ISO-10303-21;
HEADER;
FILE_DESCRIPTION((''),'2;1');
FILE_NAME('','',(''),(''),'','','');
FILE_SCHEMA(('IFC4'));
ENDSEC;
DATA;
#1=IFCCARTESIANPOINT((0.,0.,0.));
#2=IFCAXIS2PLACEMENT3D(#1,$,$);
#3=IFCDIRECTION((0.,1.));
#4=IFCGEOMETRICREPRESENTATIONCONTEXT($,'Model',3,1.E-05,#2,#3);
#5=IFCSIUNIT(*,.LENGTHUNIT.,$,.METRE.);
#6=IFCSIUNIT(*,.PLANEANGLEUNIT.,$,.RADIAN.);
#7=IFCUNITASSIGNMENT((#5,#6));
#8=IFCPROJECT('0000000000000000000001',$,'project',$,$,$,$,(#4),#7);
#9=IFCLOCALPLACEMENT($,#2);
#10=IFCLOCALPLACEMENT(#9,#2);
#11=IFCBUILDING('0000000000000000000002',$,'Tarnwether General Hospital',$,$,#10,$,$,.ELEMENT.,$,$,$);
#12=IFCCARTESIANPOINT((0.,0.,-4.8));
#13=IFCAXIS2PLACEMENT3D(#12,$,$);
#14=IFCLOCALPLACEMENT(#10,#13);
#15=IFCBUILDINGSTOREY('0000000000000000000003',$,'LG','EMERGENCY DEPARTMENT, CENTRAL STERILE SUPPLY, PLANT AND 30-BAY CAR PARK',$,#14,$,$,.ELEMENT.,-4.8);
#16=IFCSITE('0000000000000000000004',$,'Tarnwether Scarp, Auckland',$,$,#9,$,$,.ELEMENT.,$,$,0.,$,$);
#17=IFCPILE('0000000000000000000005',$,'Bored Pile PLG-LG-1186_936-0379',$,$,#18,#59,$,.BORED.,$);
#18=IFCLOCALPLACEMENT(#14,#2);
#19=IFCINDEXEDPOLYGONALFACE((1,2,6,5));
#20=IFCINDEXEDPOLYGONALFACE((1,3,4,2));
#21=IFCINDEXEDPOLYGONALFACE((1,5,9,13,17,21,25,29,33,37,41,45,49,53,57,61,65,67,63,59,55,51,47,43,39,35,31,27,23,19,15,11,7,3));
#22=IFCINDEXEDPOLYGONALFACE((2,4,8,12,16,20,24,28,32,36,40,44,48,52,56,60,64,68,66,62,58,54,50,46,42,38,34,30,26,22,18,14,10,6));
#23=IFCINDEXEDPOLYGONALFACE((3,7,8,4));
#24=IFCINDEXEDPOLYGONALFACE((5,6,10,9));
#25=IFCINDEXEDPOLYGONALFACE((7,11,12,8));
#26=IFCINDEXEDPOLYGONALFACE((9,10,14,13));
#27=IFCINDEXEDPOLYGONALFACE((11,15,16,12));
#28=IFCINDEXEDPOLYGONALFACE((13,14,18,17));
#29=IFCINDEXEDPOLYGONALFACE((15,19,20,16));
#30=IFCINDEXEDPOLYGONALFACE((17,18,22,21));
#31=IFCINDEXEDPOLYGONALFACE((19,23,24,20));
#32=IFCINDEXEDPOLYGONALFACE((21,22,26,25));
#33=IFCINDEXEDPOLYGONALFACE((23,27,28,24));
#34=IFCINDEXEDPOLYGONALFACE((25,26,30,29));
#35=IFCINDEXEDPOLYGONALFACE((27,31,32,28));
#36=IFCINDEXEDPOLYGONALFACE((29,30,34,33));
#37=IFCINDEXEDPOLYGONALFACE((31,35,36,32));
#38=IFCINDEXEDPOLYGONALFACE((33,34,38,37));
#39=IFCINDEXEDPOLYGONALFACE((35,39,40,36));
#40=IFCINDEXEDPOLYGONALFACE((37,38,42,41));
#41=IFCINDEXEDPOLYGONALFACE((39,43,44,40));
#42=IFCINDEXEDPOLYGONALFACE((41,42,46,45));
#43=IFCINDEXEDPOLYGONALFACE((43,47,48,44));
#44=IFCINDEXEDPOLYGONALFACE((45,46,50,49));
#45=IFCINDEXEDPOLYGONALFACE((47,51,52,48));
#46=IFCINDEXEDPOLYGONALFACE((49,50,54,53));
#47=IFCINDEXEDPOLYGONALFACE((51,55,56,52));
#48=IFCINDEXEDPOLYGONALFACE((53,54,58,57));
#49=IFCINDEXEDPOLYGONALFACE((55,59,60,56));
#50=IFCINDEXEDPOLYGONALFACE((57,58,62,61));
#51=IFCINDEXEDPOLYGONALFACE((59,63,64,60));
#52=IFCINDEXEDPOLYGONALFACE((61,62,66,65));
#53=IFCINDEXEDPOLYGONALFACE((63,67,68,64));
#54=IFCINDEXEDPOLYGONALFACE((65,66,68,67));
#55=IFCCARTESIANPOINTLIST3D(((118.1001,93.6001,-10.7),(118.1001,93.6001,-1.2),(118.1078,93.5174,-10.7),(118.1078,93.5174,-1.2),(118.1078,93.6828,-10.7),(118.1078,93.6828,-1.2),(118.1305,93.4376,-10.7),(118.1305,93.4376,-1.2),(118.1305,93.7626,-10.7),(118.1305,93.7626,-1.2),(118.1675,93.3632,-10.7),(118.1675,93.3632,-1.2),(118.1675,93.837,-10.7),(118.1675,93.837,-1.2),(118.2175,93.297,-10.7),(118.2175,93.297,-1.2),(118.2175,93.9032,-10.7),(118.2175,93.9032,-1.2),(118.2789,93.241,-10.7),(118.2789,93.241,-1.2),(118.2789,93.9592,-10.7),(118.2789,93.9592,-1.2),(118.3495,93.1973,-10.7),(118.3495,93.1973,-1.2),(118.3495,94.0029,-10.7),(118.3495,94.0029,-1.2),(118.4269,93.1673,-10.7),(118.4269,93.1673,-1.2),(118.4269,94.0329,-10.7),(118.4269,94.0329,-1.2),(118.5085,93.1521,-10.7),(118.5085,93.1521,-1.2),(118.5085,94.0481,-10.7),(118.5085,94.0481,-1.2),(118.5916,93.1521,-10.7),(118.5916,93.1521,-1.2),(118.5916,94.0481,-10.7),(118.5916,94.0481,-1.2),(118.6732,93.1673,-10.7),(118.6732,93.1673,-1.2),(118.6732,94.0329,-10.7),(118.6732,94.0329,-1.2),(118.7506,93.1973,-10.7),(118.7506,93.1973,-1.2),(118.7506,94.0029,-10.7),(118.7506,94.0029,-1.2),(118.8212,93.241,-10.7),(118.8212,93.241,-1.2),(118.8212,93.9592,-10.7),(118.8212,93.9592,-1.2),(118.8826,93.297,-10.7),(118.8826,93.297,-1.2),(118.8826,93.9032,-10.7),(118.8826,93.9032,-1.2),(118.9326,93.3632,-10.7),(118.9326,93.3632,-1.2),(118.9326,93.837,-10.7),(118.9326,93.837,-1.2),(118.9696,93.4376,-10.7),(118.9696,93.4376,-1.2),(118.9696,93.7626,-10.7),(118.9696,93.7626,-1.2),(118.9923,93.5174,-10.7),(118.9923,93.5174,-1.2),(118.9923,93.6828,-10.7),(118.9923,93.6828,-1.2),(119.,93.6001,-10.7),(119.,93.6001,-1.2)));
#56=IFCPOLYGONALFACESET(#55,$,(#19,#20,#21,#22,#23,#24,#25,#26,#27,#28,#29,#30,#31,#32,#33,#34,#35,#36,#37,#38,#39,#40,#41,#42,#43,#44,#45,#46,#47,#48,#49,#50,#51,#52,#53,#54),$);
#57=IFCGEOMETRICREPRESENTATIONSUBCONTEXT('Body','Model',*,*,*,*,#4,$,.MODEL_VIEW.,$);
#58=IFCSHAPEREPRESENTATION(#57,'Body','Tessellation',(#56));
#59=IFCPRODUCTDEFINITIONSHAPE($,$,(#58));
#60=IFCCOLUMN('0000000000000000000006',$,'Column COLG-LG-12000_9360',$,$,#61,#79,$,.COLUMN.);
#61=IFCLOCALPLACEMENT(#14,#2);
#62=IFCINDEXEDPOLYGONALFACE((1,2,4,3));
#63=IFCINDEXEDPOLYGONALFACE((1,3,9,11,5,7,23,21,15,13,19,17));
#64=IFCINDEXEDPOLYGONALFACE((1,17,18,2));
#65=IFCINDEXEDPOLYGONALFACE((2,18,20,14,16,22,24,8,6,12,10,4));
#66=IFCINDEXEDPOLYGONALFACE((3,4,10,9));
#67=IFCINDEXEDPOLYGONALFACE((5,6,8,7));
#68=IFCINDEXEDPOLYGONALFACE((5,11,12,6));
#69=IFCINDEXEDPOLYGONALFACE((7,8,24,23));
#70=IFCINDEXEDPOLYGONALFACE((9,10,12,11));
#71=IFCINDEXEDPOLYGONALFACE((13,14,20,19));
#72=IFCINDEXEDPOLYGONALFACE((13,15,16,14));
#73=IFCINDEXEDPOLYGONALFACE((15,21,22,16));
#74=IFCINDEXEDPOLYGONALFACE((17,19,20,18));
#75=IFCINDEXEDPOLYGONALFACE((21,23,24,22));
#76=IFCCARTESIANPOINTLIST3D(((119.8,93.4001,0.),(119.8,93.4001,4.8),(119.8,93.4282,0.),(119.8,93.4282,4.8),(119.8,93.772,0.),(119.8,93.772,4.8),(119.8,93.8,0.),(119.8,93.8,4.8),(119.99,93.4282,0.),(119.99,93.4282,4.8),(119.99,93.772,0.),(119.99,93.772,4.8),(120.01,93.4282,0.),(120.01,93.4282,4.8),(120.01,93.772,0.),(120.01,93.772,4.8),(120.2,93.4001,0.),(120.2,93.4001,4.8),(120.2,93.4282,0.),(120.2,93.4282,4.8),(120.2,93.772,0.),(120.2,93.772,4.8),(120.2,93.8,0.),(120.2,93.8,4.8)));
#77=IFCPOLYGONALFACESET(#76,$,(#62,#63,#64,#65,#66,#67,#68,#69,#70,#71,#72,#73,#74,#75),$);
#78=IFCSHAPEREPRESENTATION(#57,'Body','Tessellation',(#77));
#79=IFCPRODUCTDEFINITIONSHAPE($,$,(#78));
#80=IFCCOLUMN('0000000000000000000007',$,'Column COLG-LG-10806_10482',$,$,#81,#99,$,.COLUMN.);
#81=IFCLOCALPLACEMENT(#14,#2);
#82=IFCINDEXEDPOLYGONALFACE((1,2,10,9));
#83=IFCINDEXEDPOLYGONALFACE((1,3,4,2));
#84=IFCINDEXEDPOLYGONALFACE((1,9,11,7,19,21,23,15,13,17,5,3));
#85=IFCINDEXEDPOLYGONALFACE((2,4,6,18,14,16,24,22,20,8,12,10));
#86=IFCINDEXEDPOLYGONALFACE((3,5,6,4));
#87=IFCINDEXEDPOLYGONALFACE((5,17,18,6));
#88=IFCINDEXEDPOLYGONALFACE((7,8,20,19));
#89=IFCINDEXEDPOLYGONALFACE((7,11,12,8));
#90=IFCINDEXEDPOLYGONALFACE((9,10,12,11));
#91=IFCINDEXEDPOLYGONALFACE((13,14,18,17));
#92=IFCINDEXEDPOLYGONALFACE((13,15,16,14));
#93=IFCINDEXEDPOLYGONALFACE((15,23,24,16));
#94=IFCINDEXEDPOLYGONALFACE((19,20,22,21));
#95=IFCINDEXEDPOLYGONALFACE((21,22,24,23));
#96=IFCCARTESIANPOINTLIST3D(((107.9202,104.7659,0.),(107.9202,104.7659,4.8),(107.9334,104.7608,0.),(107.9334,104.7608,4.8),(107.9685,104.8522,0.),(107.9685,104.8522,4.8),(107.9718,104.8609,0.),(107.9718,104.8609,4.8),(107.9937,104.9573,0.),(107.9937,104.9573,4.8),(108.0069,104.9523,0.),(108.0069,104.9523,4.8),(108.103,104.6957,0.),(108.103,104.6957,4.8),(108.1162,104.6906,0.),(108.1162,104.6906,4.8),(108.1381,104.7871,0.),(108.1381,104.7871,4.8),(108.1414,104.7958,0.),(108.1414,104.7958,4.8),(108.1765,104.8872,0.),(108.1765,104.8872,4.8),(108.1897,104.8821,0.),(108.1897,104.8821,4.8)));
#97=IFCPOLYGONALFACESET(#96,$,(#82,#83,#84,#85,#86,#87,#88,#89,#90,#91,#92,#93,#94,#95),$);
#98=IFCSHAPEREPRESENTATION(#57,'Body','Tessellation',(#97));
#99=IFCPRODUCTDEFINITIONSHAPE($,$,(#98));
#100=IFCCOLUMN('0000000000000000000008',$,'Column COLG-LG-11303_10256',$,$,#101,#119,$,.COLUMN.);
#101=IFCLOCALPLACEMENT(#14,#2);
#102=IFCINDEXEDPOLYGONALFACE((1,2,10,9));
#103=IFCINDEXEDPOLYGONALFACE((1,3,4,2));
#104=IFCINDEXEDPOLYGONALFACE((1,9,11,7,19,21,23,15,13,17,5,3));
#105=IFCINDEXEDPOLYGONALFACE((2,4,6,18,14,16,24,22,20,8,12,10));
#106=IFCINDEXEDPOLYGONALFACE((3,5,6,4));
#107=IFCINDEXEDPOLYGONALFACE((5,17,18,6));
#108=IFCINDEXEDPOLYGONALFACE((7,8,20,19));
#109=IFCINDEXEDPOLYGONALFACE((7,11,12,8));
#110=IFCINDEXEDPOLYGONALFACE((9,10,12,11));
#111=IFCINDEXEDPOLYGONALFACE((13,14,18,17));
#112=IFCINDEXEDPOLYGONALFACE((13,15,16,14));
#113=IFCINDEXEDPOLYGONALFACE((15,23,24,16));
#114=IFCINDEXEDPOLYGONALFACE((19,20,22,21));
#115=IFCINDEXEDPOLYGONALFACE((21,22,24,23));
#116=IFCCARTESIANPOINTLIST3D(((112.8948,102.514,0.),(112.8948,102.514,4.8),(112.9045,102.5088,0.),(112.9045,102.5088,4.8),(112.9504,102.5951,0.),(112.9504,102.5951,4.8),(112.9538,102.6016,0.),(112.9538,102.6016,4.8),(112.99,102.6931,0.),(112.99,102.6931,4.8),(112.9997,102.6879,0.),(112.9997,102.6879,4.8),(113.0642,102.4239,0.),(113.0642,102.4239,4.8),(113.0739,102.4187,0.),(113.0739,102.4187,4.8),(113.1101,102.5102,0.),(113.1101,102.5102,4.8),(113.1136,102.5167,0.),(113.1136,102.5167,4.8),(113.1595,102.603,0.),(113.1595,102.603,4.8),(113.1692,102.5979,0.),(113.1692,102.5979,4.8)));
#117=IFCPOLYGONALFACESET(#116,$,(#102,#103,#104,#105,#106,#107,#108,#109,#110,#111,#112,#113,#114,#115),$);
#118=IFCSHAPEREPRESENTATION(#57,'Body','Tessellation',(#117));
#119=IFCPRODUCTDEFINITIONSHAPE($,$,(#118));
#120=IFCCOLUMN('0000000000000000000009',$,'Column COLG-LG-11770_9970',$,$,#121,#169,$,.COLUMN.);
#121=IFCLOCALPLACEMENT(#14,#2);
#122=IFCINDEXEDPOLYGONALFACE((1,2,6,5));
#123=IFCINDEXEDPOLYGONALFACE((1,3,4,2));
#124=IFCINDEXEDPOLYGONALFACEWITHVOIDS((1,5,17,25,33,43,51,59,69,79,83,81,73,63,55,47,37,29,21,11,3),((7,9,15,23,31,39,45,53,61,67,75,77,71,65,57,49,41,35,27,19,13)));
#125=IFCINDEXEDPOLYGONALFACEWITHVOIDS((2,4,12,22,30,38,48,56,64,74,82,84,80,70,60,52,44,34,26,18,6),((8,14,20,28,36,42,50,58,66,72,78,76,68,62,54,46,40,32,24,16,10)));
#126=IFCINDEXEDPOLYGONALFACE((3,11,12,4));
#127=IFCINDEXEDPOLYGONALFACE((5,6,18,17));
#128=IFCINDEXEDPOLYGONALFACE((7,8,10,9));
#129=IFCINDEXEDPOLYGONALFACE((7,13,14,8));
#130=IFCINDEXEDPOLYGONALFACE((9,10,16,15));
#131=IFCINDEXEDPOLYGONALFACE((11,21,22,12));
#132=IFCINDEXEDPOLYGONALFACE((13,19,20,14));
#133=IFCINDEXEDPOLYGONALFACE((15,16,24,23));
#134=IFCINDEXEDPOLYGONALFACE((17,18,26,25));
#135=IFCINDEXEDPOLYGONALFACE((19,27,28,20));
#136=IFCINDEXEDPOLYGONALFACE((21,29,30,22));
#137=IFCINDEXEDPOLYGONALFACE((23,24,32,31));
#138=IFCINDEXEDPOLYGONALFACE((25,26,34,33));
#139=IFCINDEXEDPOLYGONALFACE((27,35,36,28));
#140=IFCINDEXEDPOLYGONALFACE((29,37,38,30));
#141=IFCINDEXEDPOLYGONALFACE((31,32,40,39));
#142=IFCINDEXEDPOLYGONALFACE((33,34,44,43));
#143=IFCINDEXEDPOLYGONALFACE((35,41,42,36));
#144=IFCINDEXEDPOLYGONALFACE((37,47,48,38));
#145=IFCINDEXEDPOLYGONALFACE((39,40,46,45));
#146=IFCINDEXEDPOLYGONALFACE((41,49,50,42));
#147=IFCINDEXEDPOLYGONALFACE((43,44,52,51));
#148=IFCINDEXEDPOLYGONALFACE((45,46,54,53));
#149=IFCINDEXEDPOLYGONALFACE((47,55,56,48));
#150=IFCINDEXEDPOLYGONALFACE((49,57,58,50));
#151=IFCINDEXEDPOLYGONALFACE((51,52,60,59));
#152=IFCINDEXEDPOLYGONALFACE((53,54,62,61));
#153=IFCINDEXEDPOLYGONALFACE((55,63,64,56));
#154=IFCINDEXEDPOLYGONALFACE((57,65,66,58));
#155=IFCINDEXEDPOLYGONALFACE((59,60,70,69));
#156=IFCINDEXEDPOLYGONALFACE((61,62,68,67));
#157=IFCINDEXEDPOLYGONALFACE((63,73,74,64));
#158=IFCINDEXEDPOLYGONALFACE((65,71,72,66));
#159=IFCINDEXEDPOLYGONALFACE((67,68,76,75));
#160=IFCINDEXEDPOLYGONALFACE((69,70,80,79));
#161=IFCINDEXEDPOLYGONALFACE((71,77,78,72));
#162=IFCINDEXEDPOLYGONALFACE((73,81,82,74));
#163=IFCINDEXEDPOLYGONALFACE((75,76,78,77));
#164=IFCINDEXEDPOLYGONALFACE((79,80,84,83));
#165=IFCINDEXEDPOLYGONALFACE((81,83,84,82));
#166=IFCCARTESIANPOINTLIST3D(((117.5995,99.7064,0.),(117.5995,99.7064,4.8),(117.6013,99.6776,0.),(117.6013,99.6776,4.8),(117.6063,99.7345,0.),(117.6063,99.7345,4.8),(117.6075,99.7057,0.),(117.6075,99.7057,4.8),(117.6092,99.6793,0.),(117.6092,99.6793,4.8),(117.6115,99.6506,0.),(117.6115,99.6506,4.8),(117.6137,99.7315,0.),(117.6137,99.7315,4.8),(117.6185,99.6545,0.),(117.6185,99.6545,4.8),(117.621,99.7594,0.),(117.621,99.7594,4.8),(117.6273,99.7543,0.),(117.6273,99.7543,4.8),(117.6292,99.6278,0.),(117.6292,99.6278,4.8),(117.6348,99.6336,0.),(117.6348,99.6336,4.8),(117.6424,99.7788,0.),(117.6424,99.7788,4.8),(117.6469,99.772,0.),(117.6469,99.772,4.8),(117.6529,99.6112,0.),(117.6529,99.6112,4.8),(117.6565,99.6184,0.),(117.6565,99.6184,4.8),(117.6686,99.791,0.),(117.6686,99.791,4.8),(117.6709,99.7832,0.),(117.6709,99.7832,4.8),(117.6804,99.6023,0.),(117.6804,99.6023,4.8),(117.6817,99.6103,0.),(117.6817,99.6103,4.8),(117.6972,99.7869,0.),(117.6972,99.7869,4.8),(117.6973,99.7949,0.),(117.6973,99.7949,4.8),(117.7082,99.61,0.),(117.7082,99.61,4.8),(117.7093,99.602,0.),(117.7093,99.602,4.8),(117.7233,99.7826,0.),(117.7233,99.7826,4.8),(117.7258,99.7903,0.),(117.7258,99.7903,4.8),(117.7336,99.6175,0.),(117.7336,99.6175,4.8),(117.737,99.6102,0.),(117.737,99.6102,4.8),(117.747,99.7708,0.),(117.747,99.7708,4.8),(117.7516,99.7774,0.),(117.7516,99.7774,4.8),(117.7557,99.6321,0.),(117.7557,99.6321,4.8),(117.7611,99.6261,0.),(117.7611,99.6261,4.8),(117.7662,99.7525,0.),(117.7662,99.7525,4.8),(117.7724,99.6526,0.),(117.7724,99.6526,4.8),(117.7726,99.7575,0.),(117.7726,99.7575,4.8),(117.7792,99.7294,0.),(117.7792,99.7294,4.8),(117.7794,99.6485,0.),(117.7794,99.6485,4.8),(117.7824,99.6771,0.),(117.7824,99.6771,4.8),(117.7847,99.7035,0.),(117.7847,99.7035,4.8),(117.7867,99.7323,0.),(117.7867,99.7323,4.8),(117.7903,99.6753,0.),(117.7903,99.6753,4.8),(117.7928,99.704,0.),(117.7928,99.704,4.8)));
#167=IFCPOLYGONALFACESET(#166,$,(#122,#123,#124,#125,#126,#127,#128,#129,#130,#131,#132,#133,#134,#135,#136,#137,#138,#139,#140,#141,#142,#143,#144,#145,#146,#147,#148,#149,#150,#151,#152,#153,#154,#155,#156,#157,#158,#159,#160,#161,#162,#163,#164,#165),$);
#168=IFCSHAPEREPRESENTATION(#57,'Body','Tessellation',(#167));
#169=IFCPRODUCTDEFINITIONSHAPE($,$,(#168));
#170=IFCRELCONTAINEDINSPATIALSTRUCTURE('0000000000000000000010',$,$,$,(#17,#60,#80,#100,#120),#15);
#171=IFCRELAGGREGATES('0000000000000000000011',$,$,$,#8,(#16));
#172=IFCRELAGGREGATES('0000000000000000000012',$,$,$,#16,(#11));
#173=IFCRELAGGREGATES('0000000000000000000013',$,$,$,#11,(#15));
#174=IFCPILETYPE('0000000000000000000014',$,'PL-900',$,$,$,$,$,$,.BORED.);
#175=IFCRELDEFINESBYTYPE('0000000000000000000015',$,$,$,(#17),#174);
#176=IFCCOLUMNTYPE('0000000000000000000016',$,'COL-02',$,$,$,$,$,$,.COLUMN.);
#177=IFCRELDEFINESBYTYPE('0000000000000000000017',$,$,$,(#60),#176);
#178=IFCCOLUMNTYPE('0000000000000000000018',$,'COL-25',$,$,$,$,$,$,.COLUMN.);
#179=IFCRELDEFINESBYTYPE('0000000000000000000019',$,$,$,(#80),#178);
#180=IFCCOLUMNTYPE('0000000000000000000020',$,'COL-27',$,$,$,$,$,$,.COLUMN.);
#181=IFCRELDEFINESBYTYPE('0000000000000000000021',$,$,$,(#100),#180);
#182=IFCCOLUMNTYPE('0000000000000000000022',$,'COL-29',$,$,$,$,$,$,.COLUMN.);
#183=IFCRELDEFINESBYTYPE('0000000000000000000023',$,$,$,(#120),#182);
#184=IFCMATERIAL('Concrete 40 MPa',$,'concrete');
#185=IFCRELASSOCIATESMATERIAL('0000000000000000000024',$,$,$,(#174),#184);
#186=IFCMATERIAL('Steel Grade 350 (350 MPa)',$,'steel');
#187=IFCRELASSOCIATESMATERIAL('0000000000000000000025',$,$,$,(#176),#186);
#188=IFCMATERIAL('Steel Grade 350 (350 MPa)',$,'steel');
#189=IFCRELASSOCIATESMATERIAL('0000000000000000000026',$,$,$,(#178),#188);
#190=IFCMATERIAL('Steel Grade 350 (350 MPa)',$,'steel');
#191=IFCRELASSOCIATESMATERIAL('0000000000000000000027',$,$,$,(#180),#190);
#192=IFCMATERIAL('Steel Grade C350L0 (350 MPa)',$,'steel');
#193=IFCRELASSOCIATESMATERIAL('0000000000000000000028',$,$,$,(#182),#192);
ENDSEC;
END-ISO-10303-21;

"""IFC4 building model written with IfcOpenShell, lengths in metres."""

from ifc_helpers import new_model, si_unit, direction, frame, origin, origin_2d, place, context, subcontext, project, spatial, circle, hollow_circle, i_section, extrude, material, material_profile, profile_set, type_object, element, save


model = new_model("IFC4")

# Units and contexts
model_context = context("Model", 3, precision=1e-05, world=origin(), true_north=direction((0.0, 1.0)))
body_context = subcontext(model_context, "Body", "Model", "MODEL_VIEW")
ifc_project = project(units=[si_unit("LENGTHUNIT", "METRE"), si_unit("PLANEANGLEUNIT", "RADIAN")], contexts=[model_context])

# Site, building, storey
site_placement = place(None, origin())
site = spatial("IfcSite", under=ifc_project, at=site_placement, Name="Tarnwether Scarp, Auckland", CompositionType="ELEMENT", RefElevation=0.0)
building_placement = place(site_placement, origin())
building = spatial("IfcBuilding", under=site, at=building_placement, Name="Tarnwether General Hospital", CompositionType="ELEMENT")
storey_placement = place(building_placement, frame((0.0, 0.0, -4.8)))
storey = spatial("IfcBuildingStorey", under=building, at=storey_placement, Name="LG", Description="EMERGENCY DEPARTMENT, CENTRAL STERILE SUPPLY, PLANT AND 30-BAY CAR PARK", CompositionType="ELEMENT", Elevation=-4.8)

# Pile
ifc_material_1 = material(Name="Concrete 40 MPa", Category="concrete")
ifc_material_profile_1 = material_profile(ifc_material_1, circle(Radius=0.45, at=origin_2d()), Name="PILE-D900")
ifc_profile_set_1 = profile_set([ifc_material_profile_1], Name="Concrete 40 MPa")
pile_type_1 = type_object("IfcPileType", Name="PL-900", PredefinedType="BORED", material=ifc_profile_set_1)
pile_1_placement = place(storey_placement, frame((118.55, 93.6001, -1.2), z_axis=(0.0, 0.0, -1.0), x_axis=(1.0, 0.0, 0.0)))
element("IfcPile", 1, at=pile_1_placement, inside=storey, type_object=pile_type_1, Name="Bored Pile PLG-LG-1186_936-0379", PredefinedType="BORED", context=body_context, shape_type="SweptSolid", body=[
    extrude(circle(Radius=0.45, at=origin_2d()), origin(), (0.0, 0.0, 1.0), 9.5),
])

# Columns
ifc_material_2 = material(Name="Steel Grade 350 (350 MPa)", Category="steel")
ifc_material_profile_2 = material_profile(ifc_material_2, i_section(OverallWidth=0.3999, OverallDepth=0.3999, WebThickness=0.02, FlangeThickness=0.0281, at=origin_2d()), Name="400WC270")
ifc_profile_set_2 = profile_set([ifc_material_profile_2], Name="Steel Grade 350 (350 MPa)")
column_type_1 = type_object("IfcColumnType", Name="COL-02", PredefinedType="COLUMN", material=ifc_profile_set_2)
column_1_placement = place(storey_placement, frame((120.0, 93.6001, 0.0), z_axis=(0.0, 0.0, 1.0), x_axis=(1.0, 0.0, 0.0)))
element("IfcColumn", 2, at=column_1_placement, inside=storey, type_object=column_type_1, Name="Column COLG-LG-12000_9360", PredefinedType="COLUMN", context=body_context, shape_type="SweptSolid", body=[
    extrude(i_section(OverallWidth=0.3999, OverallDepth=0.3999, WebThickness=0.02, FlangeThickness=0.0281, at=origin_2d()), origin(), (0.0, 0.0, 1.0), 4.8),
])
ifc_material_3 = material(Name="Steel Grade 350 (350 MPa)", Category="steel")
ifc_material_profile_3 = material_profile(ifc_material_3, i_section(OverallWidth=0.2051, OverallDepth=0.21, WebThickness=0.0093, FlangeThickness=0.0142, at=origin_2d()), Name="200UC59.5")
ifc_profile_set_3 = profile_set([ifc_material_profile_3], Name="Steel Grade 350 (350 MPa)")
column_type_2 = type_object("IfcColumnType", Name="COL-25", PredefinedType="COLUMN", material=ifc_profile_set_3)
column_2_placement = place(storey_placement, frame((108.0549, 104.824, 0.0), z_axis=(0.0, 0.0, 1.0), x_axis=(0.358368, 0.93358, 0.0)))
element("IfcColumn", 3, at=column_2_placement, inside=storey, type_object=column_type_2, Name="Column COLG-LG-10806_10482", PredefinedType="COLUMN", context=body_context, shape_type="SweptSolid", body=[
    extrude(i_section(OverallWidth=0.2051, OverallDepth=0.21, WebThickness=0.0093, FlangeThickness=0.0142, at=origin_2d()), origin(), (0.0, 0.0, 1.0), 4.8),
])
ifc_material_4 = material(Name="Steel Grade 350 (350 MPa)", Category="steel")
ifc_material_profile_4 = material_profile(ifc_material_4, i_section(OverallWidth=0.2029, OverallDepth=0.2029, WebThickness=0.0073, FlangeThickness=0.011, at=origin_2d()), Name="200UC46.2")
ifc_profile_set_4 = profile_set([ifc_material_profile_4], Name="Steel Grade 350 (350 MPa)")
column_type_3 = type_object("IfcColumnType", Name="COL-27", PredefinedType="COLUMN", material=ifc_profile_set_4)
column_3_placement = place(storey_placement, frame((113.032, 102.5559, 0.0), z_axis=(0.0, 0.0, 1.0), x_axis=(0.469472, 0.882948, 0.0)))
element("IfcColumn", 4, at=column_3_placement, inside=storey, type_object=column_type_3, Name="Column COLG-LG-11303_10256", PredefinedType="COLUMN", context=body_context, shape_type="SweptSolid", body=[
    extrude(i_section(OverallWidth=0.2029, OverallDepth=0.2029, WebThickness=0.0073, FlangeThickness=0.011, at=origin_2d()), origin(), (0.0, 0.0, 1.0), 4.8),
])
ifc_material_5 = material(Name="Steel Grade C350L0 (350 MPa)", Category="steel")
ifc_material_profile_5 = material_profile(ifc_material_5, hollow_circle(Radius=0.0969, WallThickness=0.0081, at=origin_2d()), Name="CHS193.7x8.0")
ifc_profile_set_5 = profile_set([ifc_material_profile_5], Name="Steel Grade C350L0 (350 MPa)")
column_type_4 = type_object("IfcColumnType", Name="COL-29", PredefinedType="COLUMN", material=ifc_profile_set_5)
column_4_placement = place(storey_placement, frame((117.696, 99.698, 0.0), z_axis=(0.0, 0.0, 1.0), x_axis=(0.573576, 0.819152, 0.0)))
element("IfcColumn", 5, at=column_4_placement, inside=storey, type_object=column_type_4, Name="Column COLG-LG-11770_9970", PredefinedType="COLUMN", context=body_context, shape_type="SweptSolid", body=[
    extrude(hollow_circle(Radius=0.0969, WallThickness=0.0081, at=origin_2d()), origin(), (0.0, 0.0, 1.0), 4.8),
])

save(model, "model.ifc")
